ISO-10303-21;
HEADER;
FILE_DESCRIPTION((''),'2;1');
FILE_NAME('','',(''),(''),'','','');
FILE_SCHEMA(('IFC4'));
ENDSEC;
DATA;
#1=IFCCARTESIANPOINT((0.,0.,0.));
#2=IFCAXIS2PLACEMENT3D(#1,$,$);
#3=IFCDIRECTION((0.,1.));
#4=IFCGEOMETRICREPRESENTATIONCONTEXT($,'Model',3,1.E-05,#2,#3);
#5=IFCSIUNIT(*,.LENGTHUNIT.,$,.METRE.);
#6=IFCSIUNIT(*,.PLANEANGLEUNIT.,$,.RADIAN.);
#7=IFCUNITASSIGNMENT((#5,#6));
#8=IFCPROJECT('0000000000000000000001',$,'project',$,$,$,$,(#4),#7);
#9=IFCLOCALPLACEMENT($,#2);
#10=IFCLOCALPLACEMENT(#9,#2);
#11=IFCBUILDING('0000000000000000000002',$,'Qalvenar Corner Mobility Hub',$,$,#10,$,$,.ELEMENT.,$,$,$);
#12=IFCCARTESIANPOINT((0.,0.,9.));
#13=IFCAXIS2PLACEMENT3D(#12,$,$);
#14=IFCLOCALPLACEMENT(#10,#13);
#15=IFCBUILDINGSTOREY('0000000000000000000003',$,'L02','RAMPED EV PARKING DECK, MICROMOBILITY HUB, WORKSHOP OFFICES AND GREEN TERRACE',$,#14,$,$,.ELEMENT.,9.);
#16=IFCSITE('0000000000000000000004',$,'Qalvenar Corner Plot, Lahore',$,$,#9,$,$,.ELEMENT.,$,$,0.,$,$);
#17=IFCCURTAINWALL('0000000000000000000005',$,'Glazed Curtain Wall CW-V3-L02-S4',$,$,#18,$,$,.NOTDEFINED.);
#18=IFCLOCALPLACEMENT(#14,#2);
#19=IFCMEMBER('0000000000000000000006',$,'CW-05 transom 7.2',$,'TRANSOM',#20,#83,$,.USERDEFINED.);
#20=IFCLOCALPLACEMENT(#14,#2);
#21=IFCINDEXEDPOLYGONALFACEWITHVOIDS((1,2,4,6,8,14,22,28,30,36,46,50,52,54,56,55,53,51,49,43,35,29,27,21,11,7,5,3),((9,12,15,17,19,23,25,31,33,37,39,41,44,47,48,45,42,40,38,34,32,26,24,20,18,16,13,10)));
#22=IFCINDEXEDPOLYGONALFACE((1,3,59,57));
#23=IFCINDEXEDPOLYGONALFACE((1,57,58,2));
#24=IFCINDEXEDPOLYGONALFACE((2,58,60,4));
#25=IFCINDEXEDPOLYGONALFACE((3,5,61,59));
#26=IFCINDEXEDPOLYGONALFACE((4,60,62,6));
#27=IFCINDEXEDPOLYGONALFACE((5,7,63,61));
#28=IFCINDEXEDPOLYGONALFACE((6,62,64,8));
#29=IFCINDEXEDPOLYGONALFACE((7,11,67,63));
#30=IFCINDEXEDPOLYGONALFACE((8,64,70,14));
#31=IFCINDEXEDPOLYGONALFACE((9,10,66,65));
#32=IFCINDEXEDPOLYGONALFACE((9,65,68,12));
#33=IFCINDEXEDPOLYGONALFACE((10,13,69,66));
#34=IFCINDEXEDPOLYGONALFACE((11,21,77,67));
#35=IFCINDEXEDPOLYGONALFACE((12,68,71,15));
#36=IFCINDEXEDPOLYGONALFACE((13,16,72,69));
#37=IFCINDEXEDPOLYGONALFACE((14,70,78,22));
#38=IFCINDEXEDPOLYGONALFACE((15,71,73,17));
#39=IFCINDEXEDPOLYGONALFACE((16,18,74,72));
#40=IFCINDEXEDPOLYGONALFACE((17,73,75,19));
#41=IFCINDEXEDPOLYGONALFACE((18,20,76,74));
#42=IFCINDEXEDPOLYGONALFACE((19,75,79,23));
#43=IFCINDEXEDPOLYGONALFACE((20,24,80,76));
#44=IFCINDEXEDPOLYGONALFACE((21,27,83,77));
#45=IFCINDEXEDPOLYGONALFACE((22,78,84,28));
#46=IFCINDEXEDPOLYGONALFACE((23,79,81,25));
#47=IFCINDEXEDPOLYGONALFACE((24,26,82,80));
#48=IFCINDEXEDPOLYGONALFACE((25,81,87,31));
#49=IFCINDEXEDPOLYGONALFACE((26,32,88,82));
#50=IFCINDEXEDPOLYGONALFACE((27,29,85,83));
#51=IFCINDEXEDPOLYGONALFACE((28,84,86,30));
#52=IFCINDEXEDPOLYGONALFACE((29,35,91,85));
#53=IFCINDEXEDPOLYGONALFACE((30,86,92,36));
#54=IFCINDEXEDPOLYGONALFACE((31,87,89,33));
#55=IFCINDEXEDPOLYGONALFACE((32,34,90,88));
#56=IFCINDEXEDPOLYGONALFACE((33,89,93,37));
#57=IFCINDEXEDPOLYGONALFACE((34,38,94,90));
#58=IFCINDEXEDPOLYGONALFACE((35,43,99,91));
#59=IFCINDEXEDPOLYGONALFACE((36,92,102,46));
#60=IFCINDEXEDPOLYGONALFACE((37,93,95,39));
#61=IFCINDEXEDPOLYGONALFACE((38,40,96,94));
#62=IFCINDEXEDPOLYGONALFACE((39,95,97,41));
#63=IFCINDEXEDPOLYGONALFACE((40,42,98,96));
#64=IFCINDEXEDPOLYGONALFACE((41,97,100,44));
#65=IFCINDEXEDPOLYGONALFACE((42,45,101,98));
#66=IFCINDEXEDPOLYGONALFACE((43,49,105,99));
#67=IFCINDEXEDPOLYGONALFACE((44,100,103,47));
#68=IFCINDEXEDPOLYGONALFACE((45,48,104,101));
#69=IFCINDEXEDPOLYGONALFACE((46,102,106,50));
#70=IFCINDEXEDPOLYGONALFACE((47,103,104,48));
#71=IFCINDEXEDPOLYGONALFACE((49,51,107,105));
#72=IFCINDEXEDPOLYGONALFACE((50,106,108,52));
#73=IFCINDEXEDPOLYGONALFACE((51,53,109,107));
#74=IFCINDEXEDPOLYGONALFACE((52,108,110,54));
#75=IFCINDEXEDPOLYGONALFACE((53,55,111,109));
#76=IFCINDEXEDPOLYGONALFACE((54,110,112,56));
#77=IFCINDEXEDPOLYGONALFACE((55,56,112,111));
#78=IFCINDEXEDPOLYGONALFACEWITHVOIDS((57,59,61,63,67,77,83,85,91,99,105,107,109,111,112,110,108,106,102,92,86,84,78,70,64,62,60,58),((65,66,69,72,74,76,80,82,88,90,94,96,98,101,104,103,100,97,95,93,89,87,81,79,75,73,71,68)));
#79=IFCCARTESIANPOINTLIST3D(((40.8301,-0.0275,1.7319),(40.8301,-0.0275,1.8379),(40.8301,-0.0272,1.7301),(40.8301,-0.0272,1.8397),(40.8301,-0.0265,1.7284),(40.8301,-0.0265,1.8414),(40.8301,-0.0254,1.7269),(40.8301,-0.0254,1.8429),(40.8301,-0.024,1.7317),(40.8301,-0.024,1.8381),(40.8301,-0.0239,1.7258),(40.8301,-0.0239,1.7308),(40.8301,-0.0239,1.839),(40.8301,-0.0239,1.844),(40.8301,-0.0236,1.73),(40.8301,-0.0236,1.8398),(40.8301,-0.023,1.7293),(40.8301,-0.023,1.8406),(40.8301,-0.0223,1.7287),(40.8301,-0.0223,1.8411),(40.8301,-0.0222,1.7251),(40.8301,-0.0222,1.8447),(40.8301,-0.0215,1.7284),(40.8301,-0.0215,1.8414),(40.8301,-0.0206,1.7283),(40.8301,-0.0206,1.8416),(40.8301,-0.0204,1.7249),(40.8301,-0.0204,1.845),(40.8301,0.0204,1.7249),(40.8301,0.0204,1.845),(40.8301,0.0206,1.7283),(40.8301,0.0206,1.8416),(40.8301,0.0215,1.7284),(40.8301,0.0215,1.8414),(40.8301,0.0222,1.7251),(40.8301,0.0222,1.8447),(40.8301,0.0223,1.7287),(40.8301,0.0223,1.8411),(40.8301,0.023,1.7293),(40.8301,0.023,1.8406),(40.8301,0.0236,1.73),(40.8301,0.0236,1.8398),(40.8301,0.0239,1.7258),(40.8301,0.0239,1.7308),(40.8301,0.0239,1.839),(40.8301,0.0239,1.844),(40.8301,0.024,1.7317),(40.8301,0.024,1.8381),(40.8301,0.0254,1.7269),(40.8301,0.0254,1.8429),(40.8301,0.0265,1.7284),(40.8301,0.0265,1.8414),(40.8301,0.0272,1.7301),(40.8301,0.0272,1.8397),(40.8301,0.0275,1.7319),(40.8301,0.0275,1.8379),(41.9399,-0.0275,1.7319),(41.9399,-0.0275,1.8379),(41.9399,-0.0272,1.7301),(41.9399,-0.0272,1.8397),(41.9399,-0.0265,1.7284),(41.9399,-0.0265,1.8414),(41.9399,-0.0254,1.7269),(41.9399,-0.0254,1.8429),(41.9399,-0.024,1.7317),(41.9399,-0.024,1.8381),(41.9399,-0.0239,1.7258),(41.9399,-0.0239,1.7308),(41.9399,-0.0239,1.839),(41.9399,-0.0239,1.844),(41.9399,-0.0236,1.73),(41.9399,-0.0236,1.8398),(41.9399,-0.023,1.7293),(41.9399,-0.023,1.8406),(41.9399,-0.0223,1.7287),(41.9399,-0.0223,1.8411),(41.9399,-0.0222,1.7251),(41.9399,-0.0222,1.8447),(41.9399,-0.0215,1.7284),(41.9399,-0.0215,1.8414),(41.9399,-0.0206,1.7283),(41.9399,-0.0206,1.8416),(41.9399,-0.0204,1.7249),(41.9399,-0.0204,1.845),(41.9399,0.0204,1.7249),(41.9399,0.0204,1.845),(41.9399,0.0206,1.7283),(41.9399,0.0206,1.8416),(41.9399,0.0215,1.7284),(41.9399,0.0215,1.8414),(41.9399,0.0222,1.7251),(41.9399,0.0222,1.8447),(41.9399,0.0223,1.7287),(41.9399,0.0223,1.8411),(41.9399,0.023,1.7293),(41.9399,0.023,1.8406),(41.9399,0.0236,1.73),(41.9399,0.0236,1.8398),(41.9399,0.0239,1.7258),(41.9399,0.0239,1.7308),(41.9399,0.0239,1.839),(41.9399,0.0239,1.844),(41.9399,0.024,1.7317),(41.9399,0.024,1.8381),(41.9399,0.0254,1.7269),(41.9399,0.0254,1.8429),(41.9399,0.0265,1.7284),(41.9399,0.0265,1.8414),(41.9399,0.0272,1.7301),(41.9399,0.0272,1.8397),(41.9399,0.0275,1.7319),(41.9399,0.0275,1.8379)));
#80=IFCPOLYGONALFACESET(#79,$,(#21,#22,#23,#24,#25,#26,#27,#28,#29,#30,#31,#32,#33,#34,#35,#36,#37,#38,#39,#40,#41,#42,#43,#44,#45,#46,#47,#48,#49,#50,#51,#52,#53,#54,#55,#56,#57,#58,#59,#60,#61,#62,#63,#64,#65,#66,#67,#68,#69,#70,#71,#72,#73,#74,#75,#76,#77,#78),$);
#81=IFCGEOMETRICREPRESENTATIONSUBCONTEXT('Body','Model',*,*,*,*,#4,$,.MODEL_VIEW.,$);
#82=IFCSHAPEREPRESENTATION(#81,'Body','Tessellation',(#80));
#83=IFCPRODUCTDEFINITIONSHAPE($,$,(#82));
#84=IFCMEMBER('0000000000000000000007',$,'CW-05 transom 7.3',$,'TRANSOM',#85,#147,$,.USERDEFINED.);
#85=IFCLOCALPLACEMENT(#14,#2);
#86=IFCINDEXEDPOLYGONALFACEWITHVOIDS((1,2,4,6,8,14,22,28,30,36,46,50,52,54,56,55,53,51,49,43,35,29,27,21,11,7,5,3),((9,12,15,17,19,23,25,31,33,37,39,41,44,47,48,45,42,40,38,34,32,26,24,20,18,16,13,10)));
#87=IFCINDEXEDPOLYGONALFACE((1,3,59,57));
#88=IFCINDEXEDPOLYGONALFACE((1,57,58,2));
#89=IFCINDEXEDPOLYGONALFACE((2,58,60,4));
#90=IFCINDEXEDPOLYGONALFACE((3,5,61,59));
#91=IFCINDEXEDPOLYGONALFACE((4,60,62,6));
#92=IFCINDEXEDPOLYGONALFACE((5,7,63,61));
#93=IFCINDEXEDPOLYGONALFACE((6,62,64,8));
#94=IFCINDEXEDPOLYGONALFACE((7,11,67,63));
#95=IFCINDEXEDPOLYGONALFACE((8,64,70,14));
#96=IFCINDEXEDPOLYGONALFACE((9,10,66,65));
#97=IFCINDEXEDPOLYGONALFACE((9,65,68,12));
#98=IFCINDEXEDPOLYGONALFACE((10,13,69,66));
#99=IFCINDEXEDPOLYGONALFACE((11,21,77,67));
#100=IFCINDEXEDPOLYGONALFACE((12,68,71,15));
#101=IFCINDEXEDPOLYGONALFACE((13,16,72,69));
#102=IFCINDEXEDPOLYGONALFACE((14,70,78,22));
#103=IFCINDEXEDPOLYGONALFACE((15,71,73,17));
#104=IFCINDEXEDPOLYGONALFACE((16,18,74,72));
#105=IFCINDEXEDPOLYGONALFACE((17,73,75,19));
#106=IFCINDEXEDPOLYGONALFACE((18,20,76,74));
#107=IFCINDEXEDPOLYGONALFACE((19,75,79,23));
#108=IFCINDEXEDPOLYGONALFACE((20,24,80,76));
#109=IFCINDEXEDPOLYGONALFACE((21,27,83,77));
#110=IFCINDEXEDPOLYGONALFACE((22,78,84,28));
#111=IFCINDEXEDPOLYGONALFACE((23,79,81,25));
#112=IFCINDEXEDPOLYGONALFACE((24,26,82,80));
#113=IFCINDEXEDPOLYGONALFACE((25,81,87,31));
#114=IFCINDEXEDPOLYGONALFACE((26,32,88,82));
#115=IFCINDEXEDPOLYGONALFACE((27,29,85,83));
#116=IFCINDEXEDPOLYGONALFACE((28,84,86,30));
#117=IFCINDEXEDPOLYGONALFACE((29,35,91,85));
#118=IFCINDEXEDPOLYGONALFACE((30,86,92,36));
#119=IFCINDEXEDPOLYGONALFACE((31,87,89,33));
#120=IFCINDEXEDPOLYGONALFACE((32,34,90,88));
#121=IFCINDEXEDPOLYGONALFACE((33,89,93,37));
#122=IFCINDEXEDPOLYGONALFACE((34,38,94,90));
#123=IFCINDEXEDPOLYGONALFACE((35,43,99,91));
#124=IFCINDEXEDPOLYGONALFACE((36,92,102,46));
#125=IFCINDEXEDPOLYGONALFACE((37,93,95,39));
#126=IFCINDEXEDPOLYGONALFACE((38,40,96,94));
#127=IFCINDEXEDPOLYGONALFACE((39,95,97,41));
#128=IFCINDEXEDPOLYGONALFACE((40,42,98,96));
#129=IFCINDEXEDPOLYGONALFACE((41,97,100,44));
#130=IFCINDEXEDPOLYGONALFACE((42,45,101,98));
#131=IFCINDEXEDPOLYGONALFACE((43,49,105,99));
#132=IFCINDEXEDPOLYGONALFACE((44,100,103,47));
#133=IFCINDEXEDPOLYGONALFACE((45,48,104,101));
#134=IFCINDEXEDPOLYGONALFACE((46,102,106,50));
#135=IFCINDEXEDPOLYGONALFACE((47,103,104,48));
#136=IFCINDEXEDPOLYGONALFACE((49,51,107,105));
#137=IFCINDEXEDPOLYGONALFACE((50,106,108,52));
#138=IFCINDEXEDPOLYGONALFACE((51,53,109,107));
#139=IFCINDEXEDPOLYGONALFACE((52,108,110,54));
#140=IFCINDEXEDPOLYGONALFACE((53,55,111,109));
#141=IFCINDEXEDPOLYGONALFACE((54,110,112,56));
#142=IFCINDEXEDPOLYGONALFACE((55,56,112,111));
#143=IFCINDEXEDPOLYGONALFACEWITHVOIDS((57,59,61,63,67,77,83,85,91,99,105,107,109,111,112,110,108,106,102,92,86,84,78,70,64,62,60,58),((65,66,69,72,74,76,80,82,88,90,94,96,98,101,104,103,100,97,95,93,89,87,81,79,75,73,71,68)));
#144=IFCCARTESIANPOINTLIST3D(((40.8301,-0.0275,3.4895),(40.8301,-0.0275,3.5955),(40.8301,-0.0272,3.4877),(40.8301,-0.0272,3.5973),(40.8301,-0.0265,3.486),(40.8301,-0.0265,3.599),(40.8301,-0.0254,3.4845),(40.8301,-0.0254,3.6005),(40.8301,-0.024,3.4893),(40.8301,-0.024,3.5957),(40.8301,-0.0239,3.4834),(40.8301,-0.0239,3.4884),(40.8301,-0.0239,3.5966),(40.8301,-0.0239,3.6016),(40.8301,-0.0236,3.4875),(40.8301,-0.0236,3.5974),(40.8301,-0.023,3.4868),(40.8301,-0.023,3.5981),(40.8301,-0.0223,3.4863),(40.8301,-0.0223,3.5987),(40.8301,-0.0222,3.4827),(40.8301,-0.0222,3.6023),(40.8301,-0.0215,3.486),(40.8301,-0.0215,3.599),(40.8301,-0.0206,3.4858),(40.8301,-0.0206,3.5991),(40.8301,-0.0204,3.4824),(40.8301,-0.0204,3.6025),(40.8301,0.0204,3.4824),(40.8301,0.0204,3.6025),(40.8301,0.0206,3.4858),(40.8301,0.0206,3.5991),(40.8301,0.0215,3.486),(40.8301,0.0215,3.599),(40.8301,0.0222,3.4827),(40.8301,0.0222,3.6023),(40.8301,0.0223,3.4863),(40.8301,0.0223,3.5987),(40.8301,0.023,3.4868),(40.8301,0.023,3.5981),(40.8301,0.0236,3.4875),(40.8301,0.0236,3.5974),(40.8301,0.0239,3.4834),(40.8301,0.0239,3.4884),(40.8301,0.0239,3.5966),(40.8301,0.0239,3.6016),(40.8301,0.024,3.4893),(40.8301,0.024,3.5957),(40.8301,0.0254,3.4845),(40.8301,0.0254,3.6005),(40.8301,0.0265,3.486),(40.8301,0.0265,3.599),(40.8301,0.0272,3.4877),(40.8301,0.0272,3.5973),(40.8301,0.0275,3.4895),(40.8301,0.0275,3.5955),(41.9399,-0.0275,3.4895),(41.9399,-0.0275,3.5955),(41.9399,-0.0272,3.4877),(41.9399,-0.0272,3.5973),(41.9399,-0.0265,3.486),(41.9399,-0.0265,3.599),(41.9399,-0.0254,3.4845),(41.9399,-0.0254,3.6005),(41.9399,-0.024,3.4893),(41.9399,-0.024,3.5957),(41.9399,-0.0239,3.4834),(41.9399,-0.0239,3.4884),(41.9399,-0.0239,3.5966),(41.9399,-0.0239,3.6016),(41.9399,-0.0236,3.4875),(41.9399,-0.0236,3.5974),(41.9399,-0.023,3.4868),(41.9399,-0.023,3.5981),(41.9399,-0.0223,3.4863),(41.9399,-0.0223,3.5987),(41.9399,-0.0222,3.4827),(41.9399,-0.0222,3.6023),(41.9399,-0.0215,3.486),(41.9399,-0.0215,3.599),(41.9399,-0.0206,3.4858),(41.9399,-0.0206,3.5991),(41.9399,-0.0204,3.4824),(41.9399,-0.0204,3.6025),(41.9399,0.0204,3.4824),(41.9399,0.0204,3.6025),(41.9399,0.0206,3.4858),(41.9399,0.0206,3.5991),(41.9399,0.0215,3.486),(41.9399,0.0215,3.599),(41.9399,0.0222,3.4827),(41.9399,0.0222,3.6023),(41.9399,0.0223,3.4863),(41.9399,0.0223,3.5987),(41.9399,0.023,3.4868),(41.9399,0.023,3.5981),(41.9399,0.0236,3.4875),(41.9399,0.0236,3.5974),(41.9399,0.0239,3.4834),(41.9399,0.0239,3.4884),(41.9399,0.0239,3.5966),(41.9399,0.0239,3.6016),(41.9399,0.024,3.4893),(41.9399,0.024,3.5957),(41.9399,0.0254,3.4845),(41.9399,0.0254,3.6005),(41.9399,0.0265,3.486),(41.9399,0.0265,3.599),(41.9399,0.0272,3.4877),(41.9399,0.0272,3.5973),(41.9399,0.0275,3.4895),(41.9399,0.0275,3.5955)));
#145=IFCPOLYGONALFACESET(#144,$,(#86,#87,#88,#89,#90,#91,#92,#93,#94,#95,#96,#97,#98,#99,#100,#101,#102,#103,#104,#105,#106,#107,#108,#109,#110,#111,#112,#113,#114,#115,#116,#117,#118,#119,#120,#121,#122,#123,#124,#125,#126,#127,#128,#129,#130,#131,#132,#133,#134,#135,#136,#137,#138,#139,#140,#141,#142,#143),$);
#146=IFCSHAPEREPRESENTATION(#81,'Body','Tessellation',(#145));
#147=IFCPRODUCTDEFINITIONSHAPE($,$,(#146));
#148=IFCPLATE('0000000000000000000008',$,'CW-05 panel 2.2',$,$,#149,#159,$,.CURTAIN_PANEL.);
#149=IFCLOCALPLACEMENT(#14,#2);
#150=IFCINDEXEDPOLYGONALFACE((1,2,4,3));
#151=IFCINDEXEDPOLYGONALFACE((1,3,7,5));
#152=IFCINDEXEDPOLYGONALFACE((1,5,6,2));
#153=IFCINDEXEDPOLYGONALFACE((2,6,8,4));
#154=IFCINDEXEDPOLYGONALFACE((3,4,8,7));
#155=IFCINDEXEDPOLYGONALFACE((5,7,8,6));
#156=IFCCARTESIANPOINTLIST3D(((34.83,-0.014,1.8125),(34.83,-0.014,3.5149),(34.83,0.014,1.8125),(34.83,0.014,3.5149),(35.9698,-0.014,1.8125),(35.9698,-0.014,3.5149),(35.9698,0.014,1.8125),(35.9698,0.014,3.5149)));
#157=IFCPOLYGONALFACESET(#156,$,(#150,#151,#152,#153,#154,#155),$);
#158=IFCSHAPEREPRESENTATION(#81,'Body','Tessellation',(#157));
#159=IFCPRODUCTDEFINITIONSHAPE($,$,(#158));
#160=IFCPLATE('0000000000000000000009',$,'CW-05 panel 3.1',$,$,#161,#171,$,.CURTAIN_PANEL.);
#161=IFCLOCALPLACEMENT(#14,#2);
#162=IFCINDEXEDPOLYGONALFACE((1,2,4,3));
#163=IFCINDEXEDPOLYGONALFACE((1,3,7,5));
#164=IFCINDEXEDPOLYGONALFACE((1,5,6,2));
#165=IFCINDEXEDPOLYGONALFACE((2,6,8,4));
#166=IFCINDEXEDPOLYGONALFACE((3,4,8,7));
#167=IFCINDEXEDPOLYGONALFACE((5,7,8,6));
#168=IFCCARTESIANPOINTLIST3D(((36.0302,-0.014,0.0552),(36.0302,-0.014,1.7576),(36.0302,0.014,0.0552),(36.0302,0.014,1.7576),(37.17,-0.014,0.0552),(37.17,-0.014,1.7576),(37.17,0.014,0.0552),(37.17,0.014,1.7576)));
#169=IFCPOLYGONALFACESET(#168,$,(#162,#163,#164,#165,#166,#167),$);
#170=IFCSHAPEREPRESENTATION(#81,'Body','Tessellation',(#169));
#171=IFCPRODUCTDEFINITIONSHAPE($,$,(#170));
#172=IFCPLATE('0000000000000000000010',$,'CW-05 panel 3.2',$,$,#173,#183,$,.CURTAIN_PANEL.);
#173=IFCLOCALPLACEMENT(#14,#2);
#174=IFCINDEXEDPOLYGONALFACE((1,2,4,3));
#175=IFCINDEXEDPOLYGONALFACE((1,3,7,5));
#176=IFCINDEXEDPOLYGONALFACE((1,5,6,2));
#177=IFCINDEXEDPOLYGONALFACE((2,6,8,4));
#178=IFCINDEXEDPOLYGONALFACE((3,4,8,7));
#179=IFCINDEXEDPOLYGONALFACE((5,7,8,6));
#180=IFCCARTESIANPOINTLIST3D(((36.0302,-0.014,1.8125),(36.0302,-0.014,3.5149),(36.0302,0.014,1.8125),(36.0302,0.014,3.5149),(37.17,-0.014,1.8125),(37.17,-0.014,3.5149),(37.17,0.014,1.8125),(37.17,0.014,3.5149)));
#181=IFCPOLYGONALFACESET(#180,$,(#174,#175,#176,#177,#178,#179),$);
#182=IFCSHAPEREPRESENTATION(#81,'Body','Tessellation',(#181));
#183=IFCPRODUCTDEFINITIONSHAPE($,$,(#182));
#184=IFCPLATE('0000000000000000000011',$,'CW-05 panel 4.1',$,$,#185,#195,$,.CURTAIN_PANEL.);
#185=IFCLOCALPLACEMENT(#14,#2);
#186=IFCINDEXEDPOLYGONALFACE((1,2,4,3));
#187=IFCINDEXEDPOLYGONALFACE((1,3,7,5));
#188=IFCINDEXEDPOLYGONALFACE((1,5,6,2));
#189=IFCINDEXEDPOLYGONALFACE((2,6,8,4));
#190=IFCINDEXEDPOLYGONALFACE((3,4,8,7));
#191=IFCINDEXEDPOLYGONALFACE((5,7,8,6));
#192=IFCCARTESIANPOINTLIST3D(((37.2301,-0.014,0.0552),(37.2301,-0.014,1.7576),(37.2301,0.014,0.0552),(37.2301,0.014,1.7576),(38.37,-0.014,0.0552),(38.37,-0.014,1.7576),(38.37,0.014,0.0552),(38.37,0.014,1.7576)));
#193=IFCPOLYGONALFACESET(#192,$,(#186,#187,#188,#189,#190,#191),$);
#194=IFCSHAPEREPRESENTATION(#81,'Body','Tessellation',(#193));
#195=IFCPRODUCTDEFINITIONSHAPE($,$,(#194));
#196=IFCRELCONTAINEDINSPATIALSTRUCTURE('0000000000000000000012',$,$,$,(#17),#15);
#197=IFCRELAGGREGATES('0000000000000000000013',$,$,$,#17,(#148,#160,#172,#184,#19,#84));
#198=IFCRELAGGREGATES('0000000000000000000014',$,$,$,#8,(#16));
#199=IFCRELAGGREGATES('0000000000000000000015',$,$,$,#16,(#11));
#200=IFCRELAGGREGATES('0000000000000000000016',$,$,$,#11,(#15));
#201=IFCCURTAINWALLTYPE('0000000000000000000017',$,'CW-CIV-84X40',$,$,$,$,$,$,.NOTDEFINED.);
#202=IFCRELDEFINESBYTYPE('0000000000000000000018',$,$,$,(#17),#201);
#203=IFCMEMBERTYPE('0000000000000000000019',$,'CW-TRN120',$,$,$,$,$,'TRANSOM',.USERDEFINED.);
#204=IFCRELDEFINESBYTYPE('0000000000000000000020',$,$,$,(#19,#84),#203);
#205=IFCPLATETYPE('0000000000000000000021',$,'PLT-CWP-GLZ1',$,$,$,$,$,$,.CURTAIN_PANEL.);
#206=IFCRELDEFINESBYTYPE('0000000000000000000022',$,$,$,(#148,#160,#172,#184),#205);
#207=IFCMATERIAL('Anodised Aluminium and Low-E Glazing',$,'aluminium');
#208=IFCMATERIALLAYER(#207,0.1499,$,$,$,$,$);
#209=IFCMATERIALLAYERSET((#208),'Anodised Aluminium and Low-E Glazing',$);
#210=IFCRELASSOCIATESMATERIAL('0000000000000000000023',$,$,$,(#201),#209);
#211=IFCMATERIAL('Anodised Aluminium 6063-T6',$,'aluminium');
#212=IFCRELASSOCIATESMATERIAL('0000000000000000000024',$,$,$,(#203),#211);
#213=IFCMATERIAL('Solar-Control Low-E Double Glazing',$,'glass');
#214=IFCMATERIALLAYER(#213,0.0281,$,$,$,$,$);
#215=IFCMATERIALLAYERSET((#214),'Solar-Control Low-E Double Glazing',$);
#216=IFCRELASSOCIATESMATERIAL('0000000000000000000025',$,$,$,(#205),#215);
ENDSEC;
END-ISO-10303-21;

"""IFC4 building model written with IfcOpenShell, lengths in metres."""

from ifc_helpers import new_model, si_unit, direction, frame, origin, origin_2d, place, context, subcontext, project, spatial, rectangle, hollow_rectangle, extrude, material, layer, layer_set, material_profile, profile_set, type_object, element, aggregate, save


model = new_model("IFC4")

# Units and contexts
model_context = context("Model", 3, precision=1e-05, world=origin(), true_north=direction((0.0, 1.0)))
body_context = subcontext(model_context, "Body", "Model", "MODEL_VIEW")
ifc_project = project(units=[si_unit("LENGTHUNIT", "METRE"), si_unit("PLANEANGLEUNIT", "RADIAN")], contexts=[model_context])

# Site, building, storey
site_placement = place(None, origin())
site = spatial("IfcSite", under=ifc_project, at=site_placement, Name="Qalvenar Corner Plot, Lahore", CompositionType="ELEMENT", RefElevation=0.0)
building_placement = place(site_placement, origin())
building = spatial("IfcBuilding", under=site, at=building_placement, Name="Qalvenar Corner Mobility Hub", CompositionType="ELEMENT")
storey_placement = place(building_placement, frame((0.0, 0.0, 9.0)))
storey = spatial("IfcBuildingStorey", under=building, at=storey_placement, Name="L02", Description="RAMPED EV PARKING DECK, MICROMOBILITY HUB, WORKSHOP OFFICES AND GREEN TERRACE", CompositionType="ELEMENT", Elevation=9.0)

# Curtain wall, members, plates
ifc_material_1 = material(Name="Anodised Aluminium and Low-E Glazing", Category="aluminium")
ifc_layer_1 = layer(ifc_material_1, 0.1499)
ifc_layer_set_1 = layer_set([ifc_layer_1], Name="Anodised Aluminium and Low-E Glazing")
curtain_wall_type = type_object("IfcCurtainWallType", Name="CW-CIV-84X40", PredefinedType="NOTDEFINED", material=ifc_layer_set_1)
curtain_wall_placement = place(storey_placement, origin())
curtain_wall = element("IfcCurtainWall", 1, at=curtain_wall_placement, inside=storey, type_object=curtain_wall_type, Name="Glazed Curtain Wall CW-V3-L02-S4", PredefinedType="NOTDEFINED")
ifc_material_2 = material(Name="Anodised Aluminium 6063-T6", Category="aluminium")
ifc_material_profile_1 = material_profile(ifc_material_2, hollow_rectangle(XDim=0.0549, YDim=0.1201, WallThickness=0.0034, InnerFilletRadius=0.0034, OuterFilletRadius=0.0071, at=origin_2d()), Name="RHS120x55x3.5")
ifc_profile_set_1 = profile_set([ifc_material_profile_1], Name="Anodised Aluminium 6063-T6")
member_type_1 = type_object("IfcMemberType", Name="CW-TRN120", ElementType="TRANSOM", PredefinedType="USERDEFINED", material=ifc_profile_set_1)
member_1_placement = place(storey_placement, frame((40.8301, 0.0, 1.7849), z_axis=(1.0, 0.0, 0.0), x_axis=(0.0, 1.0, 0.0)))
member_1 = element("IfcMember", 2, at=member_1_placement, type_object=member_type_1, Name="CW-05 transom 7.2", ObjectType="TRANSOM", PredefinedType="USERDEFINED", context=body_context, shape_type="SweptSolid", body=[
    extrude(hollow_rectangle(XDim=0.0549, YDim=0.1201, WallThickness=0.0034, InnerFilletRadius=0.0034, OuterFilletRadius=0.0071, at=origin_2d()), origin(), (0.0, 0.0, 1.0), 1.1099),
])
member_2_placement = place(storey_placement, frame((40.8301, 0.0, 3.5425), z_axis=(1.0, 0.0, 0.0), x_axis=(0.0, 1.0, 0.0)))
member_2 = element("IfcMember", 3, at=member_2_placement, type_object=member_type_1, Name="CW-05 transom 7.3", ObjectType="TRANSOM", PredefinedType="USERDEFINED", context=body_context, shape_type="SweptSolid", body=[
    extrude(hollow_rectangle(XDim=0.0549, YDim=0.1201, WallThickness=0.0034, InnerFilletRadius=0.0034, OuterFilletRadius=0.0071, at=origin_2d()), origin(), (0.0, 0.0, 1.0), 1.1099),
])
ifc_material_3 = material(Name="Solar-Control Low-E Double Glazing", Category="glass")
ifc_layer_2 = layer(ifc_material_3, 0.0281)
ifc_layer_set_2 = layer_set([ifc_layer_2], Name="Solar-Control Low-E Double Glazing")
plate_type = type_object("IfcPlateType", Name="PLT-CWP-GLZ1", PredefinedType="CURTAIN_PANEL", material=ifc_layer_set_2)
plate_1_placement = place(storey_placement, frame((35.3999, 0.0, 1.8125), z_axis=(0.0, 0.0, 1.0), x_axis=(1.0, 0.0, 0.0)))
plate_1 = element("IfcPlate", 4, at=plate_1_placement, type_object=plate_type, Name="CW-05 panel 2.2", PredefinedType="CURTAIN_PANEL", context=body_context, shape_type="SweptSolid", body=[
    extrude(rectangle(XDim=1.1399, YDim=0.0281, at=origin_2d()), origin(), (0.0, 0.0, 1.0), 1.7024),
])
plate_2_placement = place(storey_placement, frame((36.6001, 0.0, 0.0552), z_axis=(0.0, 0.0, 1.0), x_axis=(1.0, 0.0, 0.0)))
plate_2 = element("IfcPlate", 5, at=plate_2_placement, type_object=plate_type, Name="CW-05 panel 3.1", PredefinedType="CURTAIN_PANEL", context=body_context, shape_type="SweptSolid", body=[
    extrude(rectangle(XDim=1.1399, YDim=0.0281, at=origin_2d()), origin(), (0.0, 0.0, 1.0), 1.7024),
])
plate_3_placement = place(storey_placement, frame((36.6001, 0.0, 1.8125), z_axis=(0.0, 0.0, 1.0), x_axis=(1.0, 0.0, 0.0)))
plate_3 = element("IfcPlate", 6, at=plate_3_placement, type_object=plate_type, Name="CW-05 panel 3.2", PredefinedType="CURTAIN_PANEL", context=body_context, shape_type="SweptSolid", body=[
    extrude(rectangle(XDim=1.1399, YDim=0.0281, at=origin_2d()), origin(), (0.0, 0.0, 1.0), 1.7024),
])
plate_4_placement = place(storey_placement, frame((37.8, 0.0, 0.0552), z_axis=(0.0, 0.0, 1.0), x_axis=(1.0, 0.0, 0.0)))
plate_4 = element("IfcPlate", 7, at=plate_4_placement, type_object=plate_type, Name="CW-05 panel 4.1", PredefinedType="CURTAIN_PANEL", context=body_context, shape_type="SweptSolid", body=[
    extrude(rectangle(XDim=1.1399, YDim=0.0281, at=origin_2d()), origin(), (0.0, 0.0, 1.0), 1.7024),
])
aggregate(curtain_wall, [plate_1, plate_2, plate_3, plate_4, member_1, member_2])

save(model, "model.ifc")
